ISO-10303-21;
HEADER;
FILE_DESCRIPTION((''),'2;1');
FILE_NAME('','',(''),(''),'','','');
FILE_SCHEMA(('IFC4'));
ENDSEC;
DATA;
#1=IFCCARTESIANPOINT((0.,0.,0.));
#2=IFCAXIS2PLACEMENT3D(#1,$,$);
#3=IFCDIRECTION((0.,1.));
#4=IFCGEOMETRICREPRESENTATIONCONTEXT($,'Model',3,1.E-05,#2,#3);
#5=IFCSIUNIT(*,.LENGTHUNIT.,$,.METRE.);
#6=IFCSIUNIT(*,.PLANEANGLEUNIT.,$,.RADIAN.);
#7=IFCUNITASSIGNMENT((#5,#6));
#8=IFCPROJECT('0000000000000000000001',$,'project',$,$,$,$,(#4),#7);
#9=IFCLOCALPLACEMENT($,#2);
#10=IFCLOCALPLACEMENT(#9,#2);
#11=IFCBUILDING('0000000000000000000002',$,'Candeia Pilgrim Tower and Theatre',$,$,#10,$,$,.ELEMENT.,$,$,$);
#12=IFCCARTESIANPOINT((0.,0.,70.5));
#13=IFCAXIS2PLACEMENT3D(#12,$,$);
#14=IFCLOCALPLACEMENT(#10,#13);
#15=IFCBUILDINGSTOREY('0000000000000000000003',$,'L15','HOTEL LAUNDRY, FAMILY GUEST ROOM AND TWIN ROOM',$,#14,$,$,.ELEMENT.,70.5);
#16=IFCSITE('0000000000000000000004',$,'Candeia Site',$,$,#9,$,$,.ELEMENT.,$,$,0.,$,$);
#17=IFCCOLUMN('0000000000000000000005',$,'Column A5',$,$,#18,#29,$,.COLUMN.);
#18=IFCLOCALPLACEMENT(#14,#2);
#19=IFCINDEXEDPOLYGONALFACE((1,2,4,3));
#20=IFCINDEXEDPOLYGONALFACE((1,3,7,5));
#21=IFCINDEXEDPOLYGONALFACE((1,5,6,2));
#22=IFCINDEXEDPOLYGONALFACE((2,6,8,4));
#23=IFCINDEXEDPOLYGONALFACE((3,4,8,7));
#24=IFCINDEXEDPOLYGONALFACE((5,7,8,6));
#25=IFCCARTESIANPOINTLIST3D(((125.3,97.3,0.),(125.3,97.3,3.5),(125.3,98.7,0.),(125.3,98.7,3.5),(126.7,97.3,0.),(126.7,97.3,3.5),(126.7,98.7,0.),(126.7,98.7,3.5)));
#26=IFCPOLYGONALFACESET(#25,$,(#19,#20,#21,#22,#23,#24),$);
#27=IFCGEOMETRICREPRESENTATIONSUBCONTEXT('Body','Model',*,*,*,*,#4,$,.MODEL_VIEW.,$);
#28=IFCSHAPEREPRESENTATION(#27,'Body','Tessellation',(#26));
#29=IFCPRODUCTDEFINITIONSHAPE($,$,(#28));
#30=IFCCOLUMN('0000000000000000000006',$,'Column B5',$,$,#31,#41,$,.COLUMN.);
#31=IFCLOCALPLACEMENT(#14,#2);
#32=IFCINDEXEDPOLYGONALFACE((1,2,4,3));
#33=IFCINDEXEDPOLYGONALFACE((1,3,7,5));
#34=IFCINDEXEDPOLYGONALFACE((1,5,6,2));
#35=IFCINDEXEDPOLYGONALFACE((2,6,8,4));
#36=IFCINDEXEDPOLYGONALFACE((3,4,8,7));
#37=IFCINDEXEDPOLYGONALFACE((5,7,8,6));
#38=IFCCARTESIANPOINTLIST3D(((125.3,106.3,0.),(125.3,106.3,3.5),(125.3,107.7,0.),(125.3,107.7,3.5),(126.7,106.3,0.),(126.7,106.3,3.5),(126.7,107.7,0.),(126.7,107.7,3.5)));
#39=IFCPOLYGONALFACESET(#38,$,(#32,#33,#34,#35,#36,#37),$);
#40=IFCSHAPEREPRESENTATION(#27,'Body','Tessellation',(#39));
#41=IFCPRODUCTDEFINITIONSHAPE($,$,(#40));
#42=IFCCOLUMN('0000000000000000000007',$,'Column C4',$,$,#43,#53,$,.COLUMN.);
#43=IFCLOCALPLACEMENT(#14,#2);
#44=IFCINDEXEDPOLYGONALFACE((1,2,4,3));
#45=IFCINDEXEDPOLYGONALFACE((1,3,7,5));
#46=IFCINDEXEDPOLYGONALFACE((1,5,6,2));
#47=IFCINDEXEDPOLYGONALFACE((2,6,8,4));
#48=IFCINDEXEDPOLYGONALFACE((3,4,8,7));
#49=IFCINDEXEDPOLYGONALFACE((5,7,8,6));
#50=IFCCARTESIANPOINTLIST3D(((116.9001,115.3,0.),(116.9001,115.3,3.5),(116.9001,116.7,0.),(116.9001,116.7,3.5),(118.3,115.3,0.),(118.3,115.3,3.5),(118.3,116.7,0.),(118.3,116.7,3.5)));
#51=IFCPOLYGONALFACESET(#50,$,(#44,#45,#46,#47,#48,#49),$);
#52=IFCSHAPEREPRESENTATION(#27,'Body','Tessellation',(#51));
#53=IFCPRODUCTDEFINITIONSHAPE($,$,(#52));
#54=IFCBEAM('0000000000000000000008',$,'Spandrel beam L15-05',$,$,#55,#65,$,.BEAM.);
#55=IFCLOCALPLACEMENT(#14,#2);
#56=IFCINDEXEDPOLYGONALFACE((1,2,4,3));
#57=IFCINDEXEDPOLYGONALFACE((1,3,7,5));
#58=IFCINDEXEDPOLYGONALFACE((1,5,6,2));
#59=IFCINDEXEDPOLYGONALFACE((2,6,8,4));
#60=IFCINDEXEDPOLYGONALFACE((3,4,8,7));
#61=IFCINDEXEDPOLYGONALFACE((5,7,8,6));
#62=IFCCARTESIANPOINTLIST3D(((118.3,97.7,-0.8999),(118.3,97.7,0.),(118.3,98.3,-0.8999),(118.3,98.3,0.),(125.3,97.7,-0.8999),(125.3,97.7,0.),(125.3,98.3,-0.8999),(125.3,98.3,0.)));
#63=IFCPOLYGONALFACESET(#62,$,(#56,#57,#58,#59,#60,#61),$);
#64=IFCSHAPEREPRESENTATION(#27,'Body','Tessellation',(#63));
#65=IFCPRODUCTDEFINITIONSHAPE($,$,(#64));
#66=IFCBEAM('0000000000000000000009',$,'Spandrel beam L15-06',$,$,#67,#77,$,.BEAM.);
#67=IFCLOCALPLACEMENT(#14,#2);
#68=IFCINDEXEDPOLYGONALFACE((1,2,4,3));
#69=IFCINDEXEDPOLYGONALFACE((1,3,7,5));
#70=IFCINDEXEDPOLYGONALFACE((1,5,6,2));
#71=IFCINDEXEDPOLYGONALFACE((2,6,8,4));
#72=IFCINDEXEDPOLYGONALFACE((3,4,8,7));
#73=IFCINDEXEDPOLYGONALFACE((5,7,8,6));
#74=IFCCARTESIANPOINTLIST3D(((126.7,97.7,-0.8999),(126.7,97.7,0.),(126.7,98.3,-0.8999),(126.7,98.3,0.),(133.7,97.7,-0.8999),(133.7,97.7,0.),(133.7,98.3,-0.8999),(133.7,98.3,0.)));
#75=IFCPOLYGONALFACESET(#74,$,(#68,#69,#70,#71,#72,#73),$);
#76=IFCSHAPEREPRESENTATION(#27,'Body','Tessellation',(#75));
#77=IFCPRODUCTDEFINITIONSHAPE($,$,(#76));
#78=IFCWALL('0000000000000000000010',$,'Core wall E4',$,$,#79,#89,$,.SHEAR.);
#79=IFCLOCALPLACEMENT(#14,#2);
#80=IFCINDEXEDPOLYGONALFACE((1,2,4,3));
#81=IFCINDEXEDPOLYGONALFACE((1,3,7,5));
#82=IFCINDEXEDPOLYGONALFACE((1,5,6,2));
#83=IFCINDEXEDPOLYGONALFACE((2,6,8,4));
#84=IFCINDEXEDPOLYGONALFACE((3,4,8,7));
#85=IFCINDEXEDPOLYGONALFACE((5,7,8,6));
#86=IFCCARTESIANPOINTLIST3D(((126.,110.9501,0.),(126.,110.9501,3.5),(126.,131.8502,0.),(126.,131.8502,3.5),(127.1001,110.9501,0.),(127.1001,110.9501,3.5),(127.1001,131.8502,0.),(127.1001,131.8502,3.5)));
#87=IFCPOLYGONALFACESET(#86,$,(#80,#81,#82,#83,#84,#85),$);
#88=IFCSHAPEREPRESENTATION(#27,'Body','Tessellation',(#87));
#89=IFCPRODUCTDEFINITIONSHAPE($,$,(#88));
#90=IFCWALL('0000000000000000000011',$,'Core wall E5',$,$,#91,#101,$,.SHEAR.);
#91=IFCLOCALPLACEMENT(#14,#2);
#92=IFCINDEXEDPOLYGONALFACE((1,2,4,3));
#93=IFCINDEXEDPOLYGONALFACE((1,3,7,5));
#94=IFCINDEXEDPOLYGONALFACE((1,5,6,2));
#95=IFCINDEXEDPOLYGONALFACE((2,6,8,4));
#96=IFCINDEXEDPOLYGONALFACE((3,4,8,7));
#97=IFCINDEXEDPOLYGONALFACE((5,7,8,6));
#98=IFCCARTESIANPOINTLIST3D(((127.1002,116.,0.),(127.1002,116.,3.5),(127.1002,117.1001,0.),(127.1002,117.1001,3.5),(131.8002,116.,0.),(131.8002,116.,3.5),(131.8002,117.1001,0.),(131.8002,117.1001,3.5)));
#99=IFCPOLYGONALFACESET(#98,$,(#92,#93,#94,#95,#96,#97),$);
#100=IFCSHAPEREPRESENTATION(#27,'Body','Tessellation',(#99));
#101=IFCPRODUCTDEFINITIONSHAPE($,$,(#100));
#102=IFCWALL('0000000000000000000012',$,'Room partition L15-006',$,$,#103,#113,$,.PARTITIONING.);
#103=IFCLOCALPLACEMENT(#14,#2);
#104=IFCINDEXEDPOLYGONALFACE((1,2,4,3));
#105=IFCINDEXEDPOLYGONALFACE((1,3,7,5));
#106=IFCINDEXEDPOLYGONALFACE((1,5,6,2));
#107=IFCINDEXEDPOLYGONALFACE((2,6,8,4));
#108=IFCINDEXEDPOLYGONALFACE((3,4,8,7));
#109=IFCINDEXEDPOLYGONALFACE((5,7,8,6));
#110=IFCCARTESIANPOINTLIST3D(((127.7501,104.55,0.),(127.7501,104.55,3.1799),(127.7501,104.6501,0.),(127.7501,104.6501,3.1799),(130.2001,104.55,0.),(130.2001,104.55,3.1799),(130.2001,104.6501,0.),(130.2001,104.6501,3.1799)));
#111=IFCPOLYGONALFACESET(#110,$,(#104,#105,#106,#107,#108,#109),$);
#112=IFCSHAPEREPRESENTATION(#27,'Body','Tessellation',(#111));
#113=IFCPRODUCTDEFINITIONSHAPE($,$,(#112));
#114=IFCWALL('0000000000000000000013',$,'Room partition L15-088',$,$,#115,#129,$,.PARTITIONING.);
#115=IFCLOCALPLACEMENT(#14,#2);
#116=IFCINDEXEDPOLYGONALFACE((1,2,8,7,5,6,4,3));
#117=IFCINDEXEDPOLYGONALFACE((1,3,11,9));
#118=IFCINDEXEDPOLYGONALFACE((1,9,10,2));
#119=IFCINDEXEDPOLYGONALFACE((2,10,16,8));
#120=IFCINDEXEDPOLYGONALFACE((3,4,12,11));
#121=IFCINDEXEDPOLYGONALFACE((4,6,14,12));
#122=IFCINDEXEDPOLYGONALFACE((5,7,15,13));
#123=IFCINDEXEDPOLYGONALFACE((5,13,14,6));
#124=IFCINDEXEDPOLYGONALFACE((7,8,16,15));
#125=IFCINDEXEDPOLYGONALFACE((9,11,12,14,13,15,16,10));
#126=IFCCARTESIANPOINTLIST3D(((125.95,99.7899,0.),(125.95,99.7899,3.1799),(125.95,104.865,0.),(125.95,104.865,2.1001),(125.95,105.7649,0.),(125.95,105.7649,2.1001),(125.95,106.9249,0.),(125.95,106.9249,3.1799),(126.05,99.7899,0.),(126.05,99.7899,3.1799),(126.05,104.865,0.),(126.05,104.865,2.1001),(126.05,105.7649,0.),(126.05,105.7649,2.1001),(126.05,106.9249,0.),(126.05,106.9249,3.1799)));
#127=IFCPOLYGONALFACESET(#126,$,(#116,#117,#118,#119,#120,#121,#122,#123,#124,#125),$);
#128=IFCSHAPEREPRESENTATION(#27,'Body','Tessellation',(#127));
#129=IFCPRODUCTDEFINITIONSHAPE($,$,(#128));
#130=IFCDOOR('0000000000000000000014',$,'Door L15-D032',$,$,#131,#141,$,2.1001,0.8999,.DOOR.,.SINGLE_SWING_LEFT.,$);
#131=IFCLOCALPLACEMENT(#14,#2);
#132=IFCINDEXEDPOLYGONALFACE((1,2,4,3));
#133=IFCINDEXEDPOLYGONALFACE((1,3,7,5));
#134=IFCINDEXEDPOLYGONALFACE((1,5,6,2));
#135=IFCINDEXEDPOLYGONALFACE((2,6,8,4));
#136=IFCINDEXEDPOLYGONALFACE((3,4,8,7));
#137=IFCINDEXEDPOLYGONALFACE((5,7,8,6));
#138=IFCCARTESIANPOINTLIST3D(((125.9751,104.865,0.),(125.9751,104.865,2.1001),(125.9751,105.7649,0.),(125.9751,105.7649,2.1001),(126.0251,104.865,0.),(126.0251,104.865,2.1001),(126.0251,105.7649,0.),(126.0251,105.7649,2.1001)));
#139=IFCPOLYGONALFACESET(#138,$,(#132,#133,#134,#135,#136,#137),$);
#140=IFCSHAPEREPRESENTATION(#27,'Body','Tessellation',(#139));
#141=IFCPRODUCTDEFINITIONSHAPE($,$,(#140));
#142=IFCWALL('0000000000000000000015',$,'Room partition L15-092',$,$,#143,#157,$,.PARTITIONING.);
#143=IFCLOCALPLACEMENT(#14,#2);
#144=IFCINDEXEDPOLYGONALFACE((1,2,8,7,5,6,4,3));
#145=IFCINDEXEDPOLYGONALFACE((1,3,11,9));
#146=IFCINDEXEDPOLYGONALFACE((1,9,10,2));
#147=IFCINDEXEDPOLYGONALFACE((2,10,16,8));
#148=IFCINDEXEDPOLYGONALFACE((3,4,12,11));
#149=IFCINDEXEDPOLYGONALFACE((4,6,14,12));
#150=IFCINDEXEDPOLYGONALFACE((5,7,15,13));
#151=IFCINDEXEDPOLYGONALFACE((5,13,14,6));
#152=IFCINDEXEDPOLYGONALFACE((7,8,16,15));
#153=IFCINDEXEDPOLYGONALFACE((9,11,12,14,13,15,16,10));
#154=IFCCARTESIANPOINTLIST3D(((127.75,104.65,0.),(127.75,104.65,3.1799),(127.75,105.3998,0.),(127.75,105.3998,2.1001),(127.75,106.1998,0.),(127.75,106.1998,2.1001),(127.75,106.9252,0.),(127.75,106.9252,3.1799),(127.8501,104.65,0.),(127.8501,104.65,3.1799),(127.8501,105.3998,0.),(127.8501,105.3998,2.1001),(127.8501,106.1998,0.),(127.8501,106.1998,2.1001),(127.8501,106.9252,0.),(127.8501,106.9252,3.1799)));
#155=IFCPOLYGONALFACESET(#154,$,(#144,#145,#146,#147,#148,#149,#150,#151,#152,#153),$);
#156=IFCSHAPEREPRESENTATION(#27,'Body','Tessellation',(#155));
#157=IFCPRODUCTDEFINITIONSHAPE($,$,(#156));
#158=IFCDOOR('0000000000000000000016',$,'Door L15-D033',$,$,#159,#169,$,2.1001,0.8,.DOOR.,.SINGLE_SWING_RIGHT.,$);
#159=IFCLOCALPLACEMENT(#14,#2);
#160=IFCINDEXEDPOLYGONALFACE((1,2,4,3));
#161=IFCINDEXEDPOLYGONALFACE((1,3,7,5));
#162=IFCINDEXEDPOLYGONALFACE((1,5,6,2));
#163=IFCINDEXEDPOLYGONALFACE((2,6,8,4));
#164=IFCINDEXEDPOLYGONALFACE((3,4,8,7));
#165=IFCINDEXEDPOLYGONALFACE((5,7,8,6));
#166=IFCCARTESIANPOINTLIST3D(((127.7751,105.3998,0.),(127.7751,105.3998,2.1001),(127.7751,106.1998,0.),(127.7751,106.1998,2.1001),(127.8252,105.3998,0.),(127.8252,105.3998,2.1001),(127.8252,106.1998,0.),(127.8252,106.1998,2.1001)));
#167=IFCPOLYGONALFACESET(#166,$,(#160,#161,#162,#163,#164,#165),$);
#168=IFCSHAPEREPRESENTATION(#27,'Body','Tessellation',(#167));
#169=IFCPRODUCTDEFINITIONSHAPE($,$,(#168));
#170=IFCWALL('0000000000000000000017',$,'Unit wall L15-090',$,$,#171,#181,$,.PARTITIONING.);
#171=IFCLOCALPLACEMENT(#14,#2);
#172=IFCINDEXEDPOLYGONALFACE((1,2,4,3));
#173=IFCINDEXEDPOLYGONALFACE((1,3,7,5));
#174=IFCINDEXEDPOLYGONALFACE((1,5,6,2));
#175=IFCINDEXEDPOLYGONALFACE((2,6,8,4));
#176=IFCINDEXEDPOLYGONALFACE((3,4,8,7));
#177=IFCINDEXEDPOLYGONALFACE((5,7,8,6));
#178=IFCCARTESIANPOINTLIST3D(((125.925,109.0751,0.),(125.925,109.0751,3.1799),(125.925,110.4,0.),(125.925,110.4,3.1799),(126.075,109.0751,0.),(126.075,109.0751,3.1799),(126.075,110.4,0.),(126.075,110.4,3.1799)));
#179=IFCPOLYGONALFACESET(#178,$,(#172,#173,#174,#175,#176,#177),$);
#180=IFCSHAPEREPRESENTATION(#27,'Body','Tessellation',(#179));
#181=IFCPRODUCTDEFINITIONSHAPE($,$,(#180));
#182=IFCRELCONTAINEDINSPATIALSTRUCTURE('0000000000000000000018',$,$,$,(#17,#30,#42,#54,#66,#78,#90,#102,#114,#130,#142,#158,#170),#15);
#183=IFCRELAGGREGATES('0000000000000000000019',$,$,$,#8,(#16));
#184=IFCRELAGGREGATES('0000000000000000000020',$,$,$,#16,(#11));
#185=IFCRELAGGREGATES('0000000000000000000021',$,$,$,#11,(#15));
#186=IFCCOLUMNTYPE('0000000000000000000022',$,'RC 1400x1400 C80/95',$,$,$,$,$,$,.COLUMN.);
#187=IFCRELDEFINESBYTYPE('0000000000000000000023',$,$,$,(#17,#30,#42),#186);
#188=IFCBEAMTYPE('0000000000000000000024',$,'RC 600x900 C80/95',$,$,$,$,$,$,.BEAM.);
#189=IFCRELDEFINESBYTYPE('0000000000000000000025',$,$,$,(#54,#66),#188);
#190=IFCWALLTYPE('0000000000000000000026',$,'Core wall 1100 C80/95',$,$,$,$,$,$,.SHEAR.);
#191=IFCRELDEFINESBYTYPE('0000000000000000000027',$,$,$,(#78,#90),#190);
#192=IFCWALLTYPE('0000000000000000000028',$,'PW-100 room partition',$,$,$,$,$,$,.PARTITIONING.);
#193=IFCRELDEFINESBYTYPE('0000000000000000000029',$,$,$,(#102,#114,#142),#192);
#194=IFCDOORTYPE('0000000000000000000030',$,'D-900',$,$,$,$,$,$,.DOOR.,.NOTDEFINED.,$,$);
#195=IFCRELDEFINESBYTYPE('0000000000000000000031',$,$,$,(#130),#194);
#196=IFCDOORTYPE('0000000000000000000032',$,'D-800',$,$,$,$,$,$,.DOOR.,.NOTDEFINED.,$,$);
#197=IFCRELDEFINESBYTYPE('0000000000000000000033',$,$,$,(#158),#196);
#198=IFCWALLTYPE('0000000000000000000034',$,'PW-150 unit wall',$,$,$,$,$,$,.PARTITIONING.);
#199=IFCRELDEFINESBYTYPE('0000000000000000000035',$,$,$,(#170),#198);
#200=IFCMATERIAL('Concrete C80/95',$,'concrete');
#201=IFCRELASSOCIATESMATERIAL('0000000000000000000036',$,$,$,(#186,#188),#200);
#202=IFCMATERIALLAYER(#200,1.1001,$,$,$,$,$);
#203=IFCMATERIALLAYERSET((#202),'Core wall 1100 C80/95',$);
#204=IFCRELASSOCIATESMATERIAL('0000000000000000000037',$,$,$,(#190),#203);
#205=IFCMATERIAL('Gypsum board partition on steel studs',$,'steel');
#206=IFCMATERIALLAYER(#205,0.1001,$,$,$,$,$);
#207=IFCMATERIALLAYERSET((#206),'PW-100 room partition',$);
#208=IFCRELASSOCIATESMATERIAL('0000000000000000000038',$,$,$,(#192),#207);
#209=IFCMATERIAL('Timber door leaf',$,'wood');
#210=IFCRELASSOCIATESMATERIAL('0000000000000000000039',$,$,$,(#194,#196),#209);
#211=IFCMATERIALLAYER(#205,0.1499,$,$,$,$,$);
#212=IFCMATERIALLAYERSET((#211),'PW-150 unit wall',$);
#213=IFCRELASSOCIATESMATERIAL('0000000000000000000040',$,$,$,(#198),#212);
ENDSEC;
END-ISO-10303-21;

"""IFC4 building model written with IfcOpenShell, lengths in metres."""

from ifc_helpers import new_model, si_unit, direction, frame, frame_2d, origin, origin_2d, place, context, subcontext, project, spatial, rectangle, extrude, material, layer, layer_set, material_profile, profile_set, type_object, element, fill, save


model = new_model("IFC4")

# Units and contexts
model_context = context("Model", 3, precision=1e-05, world=origin(), true_north=direction((0.0, 1.0)))
body_context = subcontext(model_context, "Body", "Model", "MODEL_VIEW")
ifc_project = project(units=[si_unit("LENGTHUNIT", "METRE"), si_unit("PLANEANGLEUNIT", "RADIAN")], contexts=[model_context])

# Site, building, storey
site_placement = place(None, origin())
site = spatial("IfcSite", under=ifc_project, at=site_placement, Name="Candeia Site", CompositionType="ELEMENT", RefElevation=0.0)
building_placement = place(site_placement, origin())
building = spatial("IfcBuilding", under=site, at=building_placement, Name="Candeia Pilgrim Tower and Theatre", CompositionType="ELEMENT")
storey_placement = place(building_placement, frame((0.0, 0.0, 70.5)))
storey = spatial("IfcBuildingStorey", under=building, at=storey_placement, Name="L15", Description="HOTEL LAUNDRY, FAMILY GUEST ROOM AND TWIN ROOM", CompositionType="ELEMENT", Elevation=70.5)

# Columns
ifc_material_1 = material(Name="Concrete C80/95", Category="concrete")
ifc_material_profile_1 = material_profile(ifc_material_1, rectangle(XDim=1.3999, YDim=1.3999, at=origin_2d()))
ifc_profile_set_1 = profile_set([ifc_material_profile_1], Name="Concrete C80/95")
column_type = type_object("IfcColumnType", Name="RC 1400x1400 C80/95", PredefinedType="COLUMN", material=ifc_profile_set_1)
for number, where, z_axis, x_axis, name in (
    (1, (126.0, 98.0, 0.0), (0.0, 0.0, 1.0), (1.0, 0.0, 0.0), "Column A5"),
    (2, (126.0, 107.0, 0.0), (0.0, 0.0, 1.0), (1.0, 0.0, 0.0), "Column B5"),
    (3, (117.6001, 116.0, 0.0), (0.0, 0.0, 1.0), (1.0, 0.0, 0.0), "Column C4"),
):
    element("IfcColumn", number, at=place(storey_placement, frame(where, z_axis=z_axis, x_axis=x_axis)), inside=storey, type_object=column_type, Name=name, PredefinedType="COLUMN", context=body_context, shape_type="SweptSolid", body=[
        extrude(rectangle(XDim=1.3999, YDim=1.3999, at=origin_2d()), origin(), (0.0, 0.0, 1.0), 3.5),
    ])

# Beams
ifc_material_profile_2 = material_profile(ifc_material_1, rectangle(XDim=0.6001, YDim=0.8999, at=origin_2d()))
ifc_profile_set_2 = profile_set([ifc_material_profile_2], Name="Concrete C80/95")
beam_type = type_object("IfcBeamType", Name="RC 600x900 C80/95", PredefinedType="BEAM", material=ifc_profile_set_2)
for number, where, z_axis, x_axis, name in (
    (4, (118.3, 98.0, -0.45), (1.0, 0.0, 0.0), (0.0, 1.0, 0.0), "Spandrel beam L15-05"),
    (5, (126.7, 98.0, -0.45), (1.0, 0.0, 0.0), (0.0, 1.0, 0.0), "Spandrel beam L15-06"),
):
    element("IfcBeam", number, at=place(storey_placement, frame(where, z_axis=z_axis, x_axis=x_axis)), inside=storey, type_object=beam_type, Name=name, PredefinedType="BEAM", context=body_context, shape_type="SweptSolid", body=[
        extrude(rectangle(XDim=0.6001, YDim=0.8999, at=origin_2d()), origin(), (0.0, 0.0, 1.0), 7.0),
    ])

# Walls
ifc_layer_1 = layer(ifc_material_1, 1.1001)
ifc_layer_set_1 = layer_set([ifc_layer_1], Name="Core wall 1100 C80/95")
wall_type_1 = type_object("IfcWallType", Name="Core wall 1100 C80/95", PredefinedType="SHEAR", material=ifc_layer_set_1)
wall_1_placement = place(storey_placement, frame((126.55, 110.95, 0.0), z_axis=(0.0, 0.0, 1.0), x_axis=(0.0, 1.0, 0.0)))
element("IfcWall", 6, at=wall_1_placement, inside=storey, type_object=wall_type_1, Name="Core wall E4", PredefinedType="SHEAR", context=body_context, shape_type="SweptSolid", body=[
    extrude(rectangle(XDim=20.9001, YDim=1.1001, at=frame_2d((10.4502, 0.0))), origin(), (0.0, 0.0, 1.0), 3.5),
])
wall_2_placement = place(storey_placement, frame((127.1001, 116.55, 0.0), z_axis=(0.0, 0.0, 1.0), x_axis=(1.0, 0.0, 0.0)))
element("IfcWall", 7, at=wall_2_placement, inside=storey, type_object=wall_type_1, Name="Core wall E5", PredefinedType="SHEAR", context=body_context, shape_type="SweptSolid", body=[
    extrude(rectangle(XDim=4.7, YDim=1.1001, at=frame_2d((2.3501, 0.0))), origin(), (0.0, 0.0, 1.0), 3.5),
])
ifc_material_2 = material(Name="Gypsum board partition on steel studs", Category="steel")
ifc_layer_2 = layer(ifc_material_2, 0.1001)
ifc_layer_set_2 = layer_set([ifc_layer_2], Name="PW-100 room partition")
wall_type_2 = type_object("IfcWallType", Name="PW-100 room partition", PredefinedType="PARTITIONING", material=ifc_layer_set_2)
wall_3_placement = place(storey_placement, frame((127.75, 104.6001, 0.0), z_axis=(0.0, 0.0, 1.0), x_axis=(1.0, 0.0, 0.0)))
element("IfcWall", 8, at=wall_3_placement, inside=storey, type_object=wall_type_2, Name="Room partition L15-006", PredefinedType="PARTITIONING", context=body_context, shape_type="SweptSolid", body=[
    extrude(rectangle(XDim=2.45, YDim=0.1001, at=frame_2d((1.2251, 0.0))), origin(), (0.0, 0.0, 1.0), 3.1799),
])

# Walls, openings, doors
wall_4_placement = place(storey_placement, frame((126.0, 99.79, 0.0), z_axis=(0.0, 0.0, 1.0), x_axis=(0.0, 1.0, 0.0)))
wall_4 = element("IfcWall", 9, at=wall_4_placement, inside=storey, type_object=wall_type_2, Name="Room partition L15-088", PredefinedType="PARTITIONING", context=body_context, shape_type="SweptSolid", body=[
    extrude(rectangle(XDim=7.135, YDim=0.1001, at=frame_2d((3.5674, 0.0))), origin(), (0.0, 0.0, 1.0), 3.1799),
])
opening_1_placement = place(wall_4_placement, frame((5.075, 0.0, 0.0)))
opening_1 = element("IfcOpeningElement", 10, at=opening_1_placement, cuts=wall_4, PredefinedType="OPENING", context=body_context, shape_type="SweptSolid", body=[
    extrude(rectangle(XDim=0.8999, YDim=2.1001, at=frame_2d((0.45, 1.05))), frame((0.0, 0.0601, 0.0), z_axis=(0.0, -1.0, 0.0), x_axis=(1.0, 0.0, 0.0)), (0.0, 0.0, 1.0), 0.1201),
])
ifc_material_3 = material(Name="Timber door leaf", Category="wood")
door_type_1 = type_object("IfcDoorType", Name="D-900", OperationType="NOTDEFINED", PredefinedType="DOOR", material=ifc_material_3)
door_1_placement = place(opening_1_placement, origin())
door_1 = element("IfcDoor", 11, at=door_1_placement, inside=storey, type_object=door_type_1, Name="Door L15-D032", OperationType="SINGLE_SWING_LEFT", OverallHeight=2.1001, OverallWidth=0.8999, PredefinedType="DOOR", context=body_context, shape_type="SweptSolid", body=[
    extrude(rectangle(XDim=0.8999, YDim=2.1001, at=frame_2d((0.45, 1.05))), frame((0.0, 0.0249, 0.0), z_axis=(0.0, -1.0, 0.0), x_axis=(1.0, 0.0, 0.0)), (0.0, 0.0, 1.0), 0.05),
])
fill(opening_1, door_1)
wall_5_placement = place(storey_placement, frame((127.8, 104.6499, 0.0), z_axis=(0.0, 0.0, 1.0), x_axis=(0.0, 1.0, 0.0)))
wall_5 = element("IfcWall", 12, at=wall_5_placement, inside=storey, type_object=wall_type_2, Name="Room partition L15-092", PredefinedType="PARTITIONING", context=body_context, shape_type="SweptSolid", body=[
    extrude(rectangle(XDim=2.2751, YDim=0.1001, at=frame_2d((1.1377, 0.0))), origin(), (0.0, 0.0, 1.0), 3.1799),
])
opening_2_placement = place(wall_5_placement, frame((0.75, 0.0, 0.0)))
opening_2 = element("IfcOpeningElement", 13, at=opening_2_placement, cuts=wall_5, PredefinedType="OPENING", context=body_context, shape_type="SweptSolid", body=[
    extrude(rectangle(XDim=0.8, YDim=2.1001, at=frame_2d((0.3999, 1.05))), frame((0.0, 0.0601, 0.0), z_axis=(0.0, -1.0, 0.0), x_axis=(1.0, 0.0, 0.0)), (0.0, 0.0, 1.0), 0.1201),
])
door_type_2 = type_object("IfcDoorType", Name="D-800", OperationType="NOTDEFINED", PredefinedType="DOOR", material=ifc_material_3)
door_2_placement = place(opening_2_placement, origin())
door_2 = element("IfcDoor", 14, at=door_2_placement, inside=storey, type_object=door_type_2, Name="Door L15-D033", OperationType="SINGLE_SWING_RIGHT", OverallHeight=2.1001, OverallWidth=0.8, PredefinedType="DOOR", context=body_context, shape_type="SweptSolid", body=[
    extrude(rectangle(XDim=0.8, YDim=2.1001, at=frame_2d((0.3999, 1.05))), frame((0.0, 0.0249, 0.0), z_axis=(0.0, -1.0, 0.0), x_axis=(1.0, 0.0, 0.0)), (0.0, 0.0, 1.0), 0.05),
])
fill(opening_2, door_2)

# Wall
ifc_layer_3 = layer(ifc_material_2, 0.1499)
ifc_layer_set_3 = layer_set([ifc_layer_3], Name="PW-150 unit wall")
wall_type_3 = type_object("IfcWallType", Name="PW-150 unit wall", PredefinedType="PARTITIONING", material=ifc_layer_set_3)
wall_6_placement = place(storey_placement, frame((126.0, 109.075, 0.0), z_axis=(0.0, 0.0, 1.0), x_axis=(0.0, 1.0, 0.0)))
element("IfcWall", 15, at=wall_6_placement, inside=storey, type_object=wall_type_3, Name="Unit wall L15-090", PredefinedType="PARTITIONING", context=body_context, shape_type="SweptSolid", body=[
    extrude(rectangle(XDim=1.325, YDim=0.1499, at=frame_2d((0.6626, 0.0))), origin(), (0.0, 0.0, 1.0), 3.1799),
])

save(model, "model.ifc")
